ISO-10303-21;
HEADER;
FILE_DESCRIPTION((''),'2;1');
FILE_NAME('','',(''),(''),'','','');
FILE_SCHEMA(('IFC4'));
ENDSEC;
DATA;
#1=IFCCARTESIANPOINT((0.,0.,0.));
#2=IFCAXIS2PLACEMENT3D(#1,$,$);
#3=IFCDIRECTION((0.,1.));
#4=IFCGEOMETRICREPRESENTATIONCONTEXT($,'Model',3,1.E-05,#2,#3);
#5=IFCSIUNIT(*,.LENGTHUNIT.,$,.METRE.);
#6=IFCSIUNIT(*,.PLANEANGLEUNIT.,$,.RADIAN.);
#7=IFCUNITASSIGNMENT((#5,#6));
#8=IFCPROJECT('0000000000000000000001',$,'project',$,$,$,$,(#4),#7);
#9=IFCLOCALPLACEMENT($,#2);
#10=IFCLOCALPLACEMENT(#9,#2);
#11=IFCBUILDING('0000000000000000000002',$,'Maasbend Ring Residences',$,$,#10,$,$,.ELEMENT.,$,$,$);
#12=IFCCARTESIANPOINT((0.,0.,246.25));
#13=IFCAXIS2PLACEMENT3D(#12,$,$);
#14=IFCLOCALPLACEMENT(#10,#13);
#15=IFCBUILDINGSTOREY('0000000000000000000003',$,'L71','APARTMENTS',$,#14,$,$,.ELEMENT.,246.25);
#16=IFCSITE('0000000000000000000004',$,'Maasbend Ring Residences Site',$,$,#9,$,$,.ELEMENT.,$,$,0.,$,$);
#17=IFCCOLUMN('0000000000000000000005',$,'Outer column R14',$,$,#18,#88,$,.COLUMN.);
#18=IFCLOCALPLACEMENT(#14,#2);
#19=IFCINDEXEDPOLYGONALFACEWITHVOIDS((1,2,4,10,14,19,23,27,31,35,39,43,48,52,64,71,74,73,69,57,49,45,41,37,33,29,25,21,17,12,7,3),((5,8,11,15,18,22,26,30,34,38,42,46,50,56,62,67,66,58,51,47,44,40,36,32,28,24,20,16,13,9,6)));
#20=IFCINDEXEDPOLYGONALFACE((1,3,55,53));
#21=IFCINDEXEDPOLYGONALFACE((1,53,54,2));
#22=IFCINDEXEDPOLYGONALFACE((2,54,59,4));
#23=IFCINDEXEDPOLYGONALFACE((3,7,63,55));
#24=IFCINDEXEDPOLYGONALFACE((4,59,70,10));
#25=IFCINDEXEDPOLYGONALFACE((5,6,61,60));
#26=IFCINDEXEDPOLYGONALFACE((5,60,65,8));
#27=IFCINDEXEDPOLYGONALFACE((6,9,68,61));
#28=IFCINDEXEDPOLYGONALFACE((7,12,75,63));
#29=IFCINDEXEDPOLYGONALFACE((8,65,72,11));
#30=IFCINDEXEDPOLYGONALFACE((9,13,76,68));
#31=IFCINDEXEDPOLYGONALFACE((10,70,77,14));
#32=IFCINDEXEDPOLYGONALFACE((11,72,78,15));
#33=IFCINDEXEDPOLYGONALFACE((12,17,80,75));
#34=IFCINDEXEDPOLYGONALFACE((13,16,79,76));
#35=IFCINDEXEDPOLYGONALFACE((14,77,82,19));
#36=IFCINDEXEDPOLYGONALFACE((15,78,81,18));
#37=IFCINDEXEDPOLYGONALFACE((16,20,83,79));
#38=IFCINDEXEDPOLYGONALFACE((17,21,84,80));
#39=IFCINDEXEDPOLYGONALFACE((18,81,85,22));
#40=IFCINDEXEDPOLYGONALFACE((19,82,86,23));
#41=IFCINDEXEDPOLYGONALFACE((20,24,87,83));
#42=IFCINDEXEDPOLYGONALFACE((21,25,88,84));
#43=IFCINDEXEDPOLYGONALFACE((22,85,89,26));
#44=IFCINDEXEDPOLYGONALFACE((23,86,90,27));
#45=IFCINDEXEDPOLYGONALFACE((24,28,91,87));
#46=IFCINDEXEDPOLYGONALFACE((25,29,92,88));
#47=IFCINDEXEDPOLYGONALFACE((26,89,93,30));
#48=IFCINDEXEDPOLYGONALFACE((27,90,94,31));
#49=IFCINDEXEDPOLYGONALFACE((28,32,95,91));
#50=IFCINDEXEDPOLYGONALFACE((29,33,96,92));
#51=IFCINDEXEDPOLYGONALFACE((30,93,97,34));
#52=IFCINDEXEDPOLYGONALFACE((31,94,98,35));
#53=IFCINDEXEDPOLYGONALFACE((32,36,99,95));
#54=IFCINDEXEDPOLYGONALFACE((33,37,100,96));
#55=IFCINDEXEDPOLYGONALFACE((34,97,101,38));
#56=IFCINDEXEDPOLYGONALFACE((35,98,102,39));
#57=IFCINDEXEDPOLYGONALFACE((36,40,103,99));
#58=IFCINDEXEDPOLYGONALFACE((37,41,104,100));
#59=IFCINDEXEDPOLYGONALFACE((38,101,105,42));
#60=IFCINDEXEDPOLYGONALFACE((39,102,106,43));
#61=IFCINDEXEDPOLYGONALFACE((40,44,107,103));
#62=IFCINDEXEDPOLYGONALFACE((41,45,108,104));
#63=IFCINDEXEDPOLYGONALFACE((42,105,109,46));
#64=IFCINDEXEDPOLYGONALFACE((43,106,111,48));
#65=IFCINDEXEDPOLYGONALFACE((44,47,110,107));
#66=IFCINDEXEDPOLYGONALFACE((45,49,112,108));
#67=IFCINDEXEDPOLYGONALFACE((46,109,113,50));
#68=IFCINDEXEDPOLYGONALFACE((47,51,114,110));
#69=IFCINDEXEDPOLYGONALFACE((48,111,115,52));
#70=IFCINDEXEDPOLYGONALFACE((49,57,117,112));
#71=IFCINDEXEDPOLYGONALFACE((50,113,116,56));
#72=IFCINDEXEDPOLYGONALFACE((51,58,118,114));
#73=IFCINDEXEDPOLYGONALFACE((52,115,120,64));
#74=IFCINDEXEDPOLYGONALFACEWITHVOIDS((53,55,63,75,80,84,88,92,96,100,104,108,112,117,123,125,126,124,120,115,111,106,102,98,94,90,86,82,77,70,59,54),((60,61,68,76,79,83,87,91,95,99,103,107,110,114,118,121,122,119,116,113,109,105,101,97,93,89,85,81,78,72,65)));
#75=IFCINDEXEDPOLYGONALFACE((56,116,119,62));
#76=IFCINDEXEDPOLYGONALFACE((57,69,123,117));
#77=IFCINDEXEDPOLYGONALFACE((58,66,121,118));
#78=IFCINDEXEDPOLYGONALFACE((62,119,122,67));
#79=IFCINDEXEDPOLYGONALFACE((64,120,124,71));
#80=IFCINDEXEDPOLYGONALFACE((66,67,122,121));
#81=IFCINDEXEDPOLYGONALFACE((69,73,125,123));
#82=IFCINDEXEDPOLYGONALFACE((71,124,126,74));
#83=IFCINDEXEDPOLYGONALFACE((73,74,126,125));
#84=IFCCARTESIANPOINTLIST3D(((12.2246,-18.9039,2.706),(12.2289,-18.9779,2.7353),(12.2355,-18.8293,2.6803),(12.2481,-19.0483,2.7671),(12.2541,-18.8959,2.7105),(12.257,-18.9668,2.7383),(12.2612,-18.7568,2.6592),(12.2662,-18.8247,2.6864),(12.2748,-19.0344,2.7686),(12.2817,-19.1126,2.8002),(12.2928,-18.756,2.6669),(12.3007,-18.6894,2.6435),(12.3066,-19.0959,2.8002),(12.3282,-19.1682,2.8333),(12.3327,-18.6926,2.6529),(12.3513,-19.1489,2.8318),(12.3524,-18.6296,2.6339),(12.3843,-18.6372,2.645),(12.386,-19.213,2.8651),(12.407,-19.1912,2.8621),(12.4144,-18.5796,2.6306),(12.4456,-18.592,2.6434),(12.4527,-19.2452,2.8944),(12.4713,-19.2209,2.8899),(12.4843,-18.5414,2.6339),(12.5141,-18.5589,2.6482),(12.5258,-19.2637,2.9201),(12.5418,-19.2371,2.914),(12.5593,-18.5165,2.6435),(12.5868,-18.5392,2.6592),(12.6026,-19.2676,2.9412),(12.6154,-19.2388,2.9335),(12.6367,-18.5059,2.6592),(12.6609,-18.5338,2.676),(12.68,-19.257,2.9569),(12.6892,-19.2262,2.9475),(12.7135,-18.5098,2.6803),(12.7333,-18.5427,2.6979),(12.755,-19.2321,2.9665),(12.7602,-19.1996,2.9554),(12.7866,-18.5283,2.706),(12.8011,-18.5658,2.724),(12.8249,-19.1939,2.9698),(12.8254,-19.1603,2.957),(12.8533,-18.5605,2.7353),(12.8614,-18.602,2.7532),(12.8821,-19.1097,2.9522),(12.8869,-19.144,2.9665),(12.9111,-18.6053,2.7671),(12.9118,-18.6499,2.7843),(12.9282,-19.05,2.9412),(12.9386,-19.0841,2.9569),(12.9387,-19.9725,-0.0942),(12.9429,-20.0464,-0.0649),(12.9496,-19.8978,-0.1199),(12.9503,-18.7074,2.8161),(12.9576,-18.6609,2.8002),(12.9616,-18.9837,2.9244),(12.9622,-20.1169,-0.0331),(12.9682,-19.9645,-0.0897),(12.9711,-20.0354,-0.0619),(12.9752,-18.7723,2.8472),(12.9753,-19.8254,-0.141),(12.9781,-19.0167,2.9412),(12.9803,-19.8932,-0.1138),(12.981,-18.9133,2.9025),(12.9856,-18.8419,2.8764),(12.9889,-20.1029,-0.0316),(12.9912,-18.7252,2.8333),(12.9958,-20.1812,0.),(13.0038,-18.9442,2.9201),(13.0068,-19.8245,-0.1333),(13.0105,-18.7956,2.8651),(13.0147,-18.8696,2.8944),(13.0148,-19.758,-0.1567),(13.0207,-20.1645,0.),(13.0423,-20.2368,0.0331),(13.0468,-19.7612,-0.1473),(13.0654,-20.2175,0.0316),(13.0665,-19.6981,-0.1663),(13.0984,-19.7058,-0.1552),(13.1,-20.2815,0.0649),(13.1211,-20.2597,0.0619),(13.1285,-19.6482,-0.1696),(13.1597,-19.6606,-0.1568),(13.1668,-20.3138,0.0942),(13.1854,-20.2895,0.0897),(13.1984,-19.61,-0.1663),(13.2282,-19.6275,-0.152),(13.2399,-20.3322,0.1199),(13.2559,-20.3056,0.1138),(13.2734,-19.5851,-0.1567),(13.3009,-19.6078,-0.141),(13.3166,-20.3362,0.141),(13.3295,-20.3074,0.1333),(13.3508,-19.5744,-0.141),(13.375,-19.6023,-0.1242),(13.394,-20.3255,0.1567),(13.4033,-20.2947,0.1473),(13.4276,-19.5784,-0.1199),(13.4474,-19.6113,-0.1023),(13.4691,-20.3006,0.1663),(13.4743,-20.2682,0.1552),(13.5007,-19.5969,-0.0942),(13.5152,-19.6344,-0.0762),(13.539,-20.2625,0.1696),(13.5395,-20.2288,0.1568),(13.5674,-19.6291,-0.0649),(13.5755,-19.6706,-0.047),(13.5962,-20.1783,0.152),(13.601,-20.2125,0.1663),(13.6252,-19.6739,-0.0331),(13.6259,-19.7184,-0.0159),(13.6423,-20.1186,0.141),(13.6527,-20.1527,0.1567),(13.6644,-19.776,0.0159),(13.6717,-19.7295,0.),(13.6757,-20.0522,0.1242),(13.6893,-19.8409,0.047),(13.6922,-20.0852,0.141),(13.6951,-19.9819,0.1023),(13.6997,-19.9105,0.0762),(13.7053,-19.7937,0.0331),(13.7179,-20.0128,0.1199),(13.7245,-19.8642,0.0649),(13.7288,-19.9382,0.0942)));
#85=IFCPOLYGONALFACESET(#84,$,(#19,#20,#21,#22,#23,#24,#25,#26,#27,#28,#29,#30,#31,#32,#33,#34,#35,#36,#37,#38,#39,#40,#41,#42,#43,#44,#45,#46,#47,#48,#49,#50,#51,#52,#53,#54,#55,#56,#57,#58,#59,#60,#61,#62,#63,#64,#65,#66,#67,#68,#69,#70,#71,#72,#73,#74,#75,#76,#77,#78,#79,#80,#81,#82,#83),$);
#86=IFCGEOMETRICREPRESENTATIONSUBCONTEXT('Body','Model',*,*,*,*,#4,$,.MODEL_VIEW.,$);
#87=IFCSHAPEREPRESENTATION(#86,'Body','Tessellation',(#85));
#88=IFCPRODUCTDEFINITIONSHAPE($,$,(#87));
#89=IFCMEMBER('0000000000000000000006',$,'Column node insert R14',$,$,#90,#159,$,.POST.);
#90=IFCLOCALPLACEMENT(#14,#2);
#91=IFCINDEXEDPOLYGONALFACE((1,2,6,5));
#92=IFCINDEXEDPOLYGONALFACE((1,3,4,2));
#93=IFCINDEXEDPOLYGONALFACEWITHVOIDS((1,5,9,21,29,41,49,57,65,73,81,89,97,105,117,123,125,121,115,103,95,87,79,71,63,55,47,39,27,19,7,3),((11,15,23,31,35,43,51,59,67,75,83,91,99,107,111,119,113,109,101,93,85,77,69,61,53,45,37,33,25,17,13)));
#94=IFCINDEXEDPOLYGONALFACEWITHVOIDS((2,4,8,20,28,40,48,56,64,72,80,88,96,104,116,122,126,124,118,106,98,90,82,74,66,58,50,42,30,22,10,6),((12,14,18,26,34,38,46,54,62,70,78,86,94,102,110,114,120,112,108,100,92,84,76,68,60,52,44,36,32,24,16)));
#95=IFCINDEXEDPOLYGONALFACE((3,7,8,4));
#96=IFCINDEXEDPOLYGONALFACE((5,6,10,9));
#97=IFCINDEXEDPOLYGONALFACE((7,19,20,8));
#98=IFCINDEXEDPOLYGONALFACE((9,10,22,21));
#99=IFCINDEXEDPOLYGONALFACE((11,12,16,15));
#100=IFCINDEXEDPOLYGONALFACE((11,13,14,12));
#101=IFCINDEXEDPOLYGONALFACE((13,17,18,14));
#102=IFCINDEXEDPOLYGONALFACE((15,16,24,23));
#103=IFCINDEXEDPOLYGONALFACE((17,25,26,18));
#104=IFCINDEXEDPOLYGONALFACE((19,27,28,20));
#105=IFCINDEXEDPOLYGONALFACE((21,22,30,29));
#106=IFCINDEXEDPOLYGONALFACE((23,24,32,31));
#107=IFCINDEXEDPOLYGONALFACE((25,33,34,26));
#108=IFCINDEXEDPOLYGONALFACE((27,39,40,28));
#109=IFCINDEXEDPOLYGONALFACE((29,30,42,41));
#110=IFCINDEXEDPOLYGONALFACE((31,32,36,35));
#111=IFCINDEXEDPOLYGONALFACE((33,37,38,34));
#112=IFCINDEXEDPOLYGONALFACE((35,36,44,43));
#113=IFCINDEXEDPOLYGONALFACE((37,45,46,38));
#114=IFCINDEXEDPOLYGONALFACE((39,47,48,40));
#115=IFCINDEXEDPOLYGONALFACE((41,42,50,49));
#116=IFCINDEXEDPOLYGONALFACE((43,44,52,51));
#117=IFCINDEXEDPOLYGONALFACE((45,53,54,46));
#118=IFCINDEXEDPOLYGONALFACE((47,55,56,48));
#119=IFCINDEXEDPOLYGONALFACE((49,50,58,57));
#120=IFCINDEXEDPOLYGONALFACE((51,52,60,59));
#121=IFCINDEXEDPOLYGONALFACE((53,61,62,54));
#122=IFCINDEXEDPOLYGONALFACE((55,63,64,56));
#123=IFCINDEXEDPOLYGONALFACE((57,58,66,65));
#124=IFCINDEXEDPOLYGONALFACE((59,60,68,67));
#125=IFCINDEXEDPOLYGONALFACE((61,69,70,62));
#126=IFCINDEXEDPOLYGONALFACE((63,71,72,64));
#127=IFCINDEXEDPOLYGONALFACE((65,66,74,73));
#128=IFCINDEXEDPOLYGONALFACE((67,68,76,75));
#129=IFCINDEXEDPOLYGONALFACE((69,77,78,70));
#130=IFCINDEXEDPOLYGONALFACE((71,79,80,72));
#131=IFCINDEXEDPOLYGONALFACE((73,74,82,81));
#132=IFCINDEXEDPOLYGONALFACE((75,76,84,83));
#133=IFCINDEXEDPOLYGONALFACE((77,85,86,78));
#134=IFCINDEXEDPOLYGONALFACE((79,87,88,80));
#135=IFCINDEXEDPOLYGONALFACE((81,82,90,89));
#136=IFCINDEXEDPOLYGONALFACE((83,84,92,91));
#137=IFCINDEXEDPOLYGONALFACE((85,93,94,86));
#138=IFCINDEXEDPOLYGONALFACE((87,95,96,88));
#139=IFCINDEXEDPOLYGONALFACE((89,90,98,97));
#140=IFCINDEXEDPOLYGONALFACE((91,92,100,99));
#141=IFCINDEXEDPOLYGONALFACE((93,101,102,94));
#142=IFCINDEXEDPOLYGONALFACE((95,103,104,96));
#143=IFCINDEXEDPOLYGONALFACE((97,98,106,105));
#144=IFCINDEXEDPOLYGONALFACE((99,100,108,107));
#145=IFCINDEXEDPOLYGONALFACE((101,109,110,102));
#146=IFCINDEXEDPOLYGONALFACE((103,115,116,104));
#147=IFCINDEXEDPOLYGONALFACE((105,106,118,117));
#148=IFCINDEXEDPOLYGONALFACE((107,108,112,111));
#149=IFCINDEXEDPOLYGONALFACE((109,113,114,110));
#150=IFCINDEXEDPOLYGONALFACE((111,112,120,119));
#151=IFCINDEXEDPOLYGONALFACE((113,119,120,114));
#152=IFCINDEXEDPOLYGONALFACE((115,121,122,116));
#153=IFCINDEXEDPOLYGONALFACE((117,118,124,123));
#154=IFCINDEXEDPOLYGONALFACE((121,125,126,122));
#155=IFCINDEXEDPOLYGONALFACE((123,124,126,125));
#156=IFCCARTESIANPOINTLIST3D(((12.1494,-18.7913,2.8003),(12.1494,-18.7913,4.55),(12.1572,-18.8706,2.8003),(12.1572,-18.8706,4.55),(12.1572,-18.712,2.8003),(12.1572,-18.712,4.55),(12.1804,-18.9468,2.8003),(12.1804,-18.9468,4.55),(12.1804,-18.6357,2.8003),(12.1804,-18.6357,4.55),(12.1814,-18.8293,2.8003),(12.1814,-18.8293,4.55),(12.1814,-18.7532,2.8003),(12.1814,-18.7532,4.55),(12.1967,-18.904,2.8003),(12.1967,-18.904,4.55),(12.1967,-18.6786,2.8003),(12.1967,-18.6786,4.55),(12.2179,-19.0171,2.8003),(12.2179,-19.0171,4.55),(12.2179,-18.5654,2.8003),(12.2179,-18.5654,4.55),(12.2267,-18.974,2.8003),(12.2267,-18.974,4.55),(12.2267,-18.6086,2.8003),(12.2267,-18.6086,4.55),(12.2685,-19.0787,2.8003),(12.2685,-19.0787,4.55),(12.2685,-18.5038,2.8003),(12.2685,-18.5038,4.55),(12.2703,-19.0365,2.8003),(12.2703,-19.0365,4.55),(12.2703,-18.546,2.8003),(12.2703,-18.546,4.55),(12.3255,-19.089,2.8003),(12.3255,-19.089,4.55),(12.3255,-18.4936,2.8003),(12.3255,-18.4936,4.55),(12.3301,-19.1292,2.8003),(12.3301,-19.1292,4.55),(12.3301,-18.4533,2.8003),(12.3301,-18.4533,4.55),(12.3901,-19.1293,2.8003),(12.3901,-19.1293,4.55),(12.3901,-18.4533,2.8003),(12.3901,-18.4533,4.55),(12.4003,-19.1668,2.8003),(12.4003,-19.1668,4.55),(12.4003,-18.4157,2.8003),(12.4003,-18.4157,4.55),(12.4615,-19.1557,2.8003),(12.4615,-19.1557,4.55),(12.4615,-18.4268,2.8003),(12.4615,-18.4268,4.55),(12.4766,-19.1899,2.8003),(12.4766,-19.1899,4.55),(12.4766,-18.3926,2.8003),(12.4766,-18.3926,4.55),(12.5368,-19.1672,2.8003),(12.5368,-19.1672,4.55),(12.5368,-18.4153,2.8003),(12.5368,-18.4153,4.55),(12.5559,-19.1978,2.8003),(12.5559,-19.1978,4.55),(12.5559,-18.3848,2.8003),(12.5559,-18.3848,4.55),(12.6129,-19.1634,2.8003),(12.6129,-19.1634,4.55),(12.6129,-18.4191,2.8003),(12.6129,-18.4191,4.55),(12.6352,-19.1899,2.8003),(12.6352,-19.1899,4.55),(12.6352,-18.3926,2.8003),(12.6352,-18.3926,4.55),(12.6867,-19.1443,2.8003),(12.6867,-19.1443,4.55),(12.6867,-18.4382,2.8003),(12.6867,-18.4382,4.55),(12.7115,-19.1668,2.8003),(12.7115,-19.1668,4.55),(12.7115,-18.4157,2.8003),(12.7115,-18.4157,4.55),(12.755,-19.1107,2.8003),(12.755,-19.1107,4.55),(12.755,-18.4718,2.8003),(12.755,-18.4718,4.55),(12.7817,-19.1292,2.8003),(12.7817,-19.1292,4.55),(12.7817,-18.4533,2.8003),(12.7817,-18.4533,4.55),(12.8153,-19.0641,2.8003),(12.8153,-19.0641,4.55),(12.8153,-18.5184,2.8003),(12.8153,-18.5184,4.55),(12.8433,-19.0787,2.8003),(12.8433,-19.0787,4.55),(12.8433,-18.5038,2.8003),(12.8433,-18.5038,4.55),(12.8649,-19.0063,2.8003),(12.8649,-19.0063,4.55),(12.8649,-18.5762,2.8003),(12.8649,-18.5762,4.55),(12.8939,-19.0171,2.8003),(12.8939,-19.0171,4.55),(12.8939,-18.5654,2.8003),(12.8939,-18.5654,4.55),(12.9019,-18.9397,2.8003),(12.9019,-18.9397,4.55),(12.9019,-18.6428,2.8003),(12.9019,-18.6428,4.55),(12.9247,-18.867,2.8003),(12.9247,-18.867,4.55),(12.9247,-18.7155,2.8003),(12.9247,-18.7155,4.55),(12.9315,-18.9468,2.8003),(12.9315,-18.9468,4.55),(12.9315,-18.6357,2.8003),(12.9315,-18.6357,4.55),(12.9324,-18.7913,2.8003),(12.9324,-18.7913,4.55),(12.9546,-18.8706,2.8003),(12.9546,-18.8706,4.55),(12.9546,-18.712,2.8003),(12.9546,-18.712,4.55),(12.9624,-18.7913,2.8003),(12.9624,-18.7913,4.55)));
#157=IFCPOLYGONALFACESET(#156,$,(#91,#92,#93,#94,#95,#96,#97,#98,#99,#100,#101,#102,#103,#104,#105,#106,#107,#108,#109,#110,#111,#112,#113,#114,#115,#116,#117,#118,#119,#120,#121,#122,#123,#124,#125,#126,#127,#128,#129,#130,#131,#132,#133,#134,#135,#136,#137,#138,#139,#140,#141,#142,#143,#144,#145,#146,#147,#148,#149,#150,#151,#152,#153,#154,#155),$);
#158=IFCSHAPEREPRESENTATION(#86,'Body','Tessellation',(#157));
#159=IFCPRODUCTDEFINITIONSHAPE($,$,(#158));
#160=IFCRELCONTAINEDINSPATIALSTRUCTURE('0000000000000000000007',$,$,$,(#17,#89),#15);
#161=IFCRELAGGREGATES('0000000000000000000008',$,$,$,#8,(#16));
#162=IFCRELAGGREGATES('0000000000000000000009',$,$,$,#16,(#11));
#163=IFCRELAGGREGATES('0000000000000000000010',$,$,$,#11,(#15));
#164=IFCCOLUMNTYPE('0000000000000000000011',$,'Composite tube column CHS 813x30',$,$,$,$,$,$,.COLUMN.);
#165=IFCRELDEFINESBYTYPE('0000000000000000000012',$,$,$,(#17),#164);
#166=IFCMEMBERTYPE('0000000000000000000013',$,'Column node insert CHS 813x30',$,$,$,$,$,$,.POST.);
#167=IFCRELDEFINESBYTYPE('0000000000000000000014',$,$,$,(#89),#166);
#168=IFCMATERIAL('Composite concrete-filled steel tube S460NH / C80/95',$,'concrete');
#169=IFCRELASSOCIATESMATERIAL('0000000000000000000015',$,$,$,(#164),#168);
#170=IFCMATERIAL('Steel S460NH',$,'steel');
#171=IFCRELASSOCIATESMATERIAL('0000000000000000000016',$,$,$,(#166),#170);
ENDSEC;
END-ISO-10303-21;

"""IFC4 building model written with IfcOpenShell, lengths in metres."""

from ifc_helpers import new_model, si_unit, direction, frame, origin, origin_2d, place, context, subcontext, project, spatial, hollow_circle, extrude, material, material_profile, profile_set, type_object, element, save


model = new_model("IFC4")

# Units and contexts
model_context = context("Model", 3, precision=1e-05, world=origin(), true_north=direction((0.0, 1.0)))
body_context = subcontext(model_context, "Body", "Model", "MODEL_VIEW")
ifc_project = project(units=[si_unit("LENGTHUNIT", "METRE"), si_unit("PLANEANGLEUNIT", "RADIAN")], contexts=[model_context])

# Site, building, storey
site_placement = place(None, origin())
site = spatial("IfcSite", under=ifc_project, at=site_placement, Name="Maasbend Ring Residences Site", CompositionType="ELEMENT", RefElevation=0.0)
building_placement = place(site_placement, origin())
building = spatial("IfcBuilding", under=site, at=building_placement, Name="Maasbend Ring Residences", CompositionType="ELEMENT")
storey_placement = place(building_placement, frame((0.0, 0.0, 246.25)))
storey = spatial("IfcBuildingStorey", under=building, at=storey_placement, Name="L71", Description="APARTMENTS", CompositionType="ELEMENT", Elevation=246.25)

# Column
ifc_material_1 = material(Name="Composite concrete-filled steel tube S460NH / C80/95", Category="concrete")
ifc_material_profile_1 = material_profile(ifc_material_1, hollow_circle(Radius=0.4065, WallThickness=0.03, at=origin_2d()), Name="Composite tube column CHS 813x30")
ifc_profile_set_1 = profile_set([ifc_material_profile_1], Name="Composite concrete-filled steel tube S460NH / C80/95")
column_type = type_object("IfcColumnType", Name="Composite tube column CHS 813x30", PredefinedType="COLUMN", material=ifc_profile_set_1)
column_placement = place(storey_placement, frame((13.3337, -19.9553, 0.0), z_axis=(-0.231767, 0.346819, 0.908846), x_axis=(-0.831436, -0.55562, 0.0)))
element("IfcColumn", 1, at=column_placement, inside=storey, type_object=column_type, Name="Outer column R14", PredefinedType="COLUMN", context=body_context, shape_type="SweptSolid", body=[
    extrude(hollow_circle(Radius=0.4065, WallThickness=0.03, at=origin_2d()), origin(), (0.0, 0.0, 1.0), 3.0811),
])

# Member
ifc_material_2 = material(Name="Steel S460NH", Category="steel")
ifc_material_profile_2 = material_profile(ifc_material_2, hollow_circle(Radius=0.4065, WallThickness=0.03, at=origin_2d()), Name="Column node insert CHS 813x30")
ifc_profile_set_2 = profile_set([ifc_material_profile_2], Name="Steel S460NH")
member_type = type_object("IfcMemberType", Name="Column node insert CHS 813x30", PredefinedType="POST", material=ifc_profile_set_2)
member_placement = place(storey_placement, frame((12.5559, -18.7913, 2.8003), z_axis=(0.0, 0.0, 1.0), x_axis=(1.0, 0.0, 0.0)))
element("IfcMember", 2, at=member_placement, inside=storey, type_object=member_type, Name="Column node insert R14", PredefinedType="POST", context=body_context, shape_type="SweptSolid", body=[
    extrude(hollow_circle(Radius=0.4065, WallThickness=0.03, at=origin_2d()), origin(), (0.0, 0.0, 1.0), 1.7498),
])

save(model, "model.ifc")
